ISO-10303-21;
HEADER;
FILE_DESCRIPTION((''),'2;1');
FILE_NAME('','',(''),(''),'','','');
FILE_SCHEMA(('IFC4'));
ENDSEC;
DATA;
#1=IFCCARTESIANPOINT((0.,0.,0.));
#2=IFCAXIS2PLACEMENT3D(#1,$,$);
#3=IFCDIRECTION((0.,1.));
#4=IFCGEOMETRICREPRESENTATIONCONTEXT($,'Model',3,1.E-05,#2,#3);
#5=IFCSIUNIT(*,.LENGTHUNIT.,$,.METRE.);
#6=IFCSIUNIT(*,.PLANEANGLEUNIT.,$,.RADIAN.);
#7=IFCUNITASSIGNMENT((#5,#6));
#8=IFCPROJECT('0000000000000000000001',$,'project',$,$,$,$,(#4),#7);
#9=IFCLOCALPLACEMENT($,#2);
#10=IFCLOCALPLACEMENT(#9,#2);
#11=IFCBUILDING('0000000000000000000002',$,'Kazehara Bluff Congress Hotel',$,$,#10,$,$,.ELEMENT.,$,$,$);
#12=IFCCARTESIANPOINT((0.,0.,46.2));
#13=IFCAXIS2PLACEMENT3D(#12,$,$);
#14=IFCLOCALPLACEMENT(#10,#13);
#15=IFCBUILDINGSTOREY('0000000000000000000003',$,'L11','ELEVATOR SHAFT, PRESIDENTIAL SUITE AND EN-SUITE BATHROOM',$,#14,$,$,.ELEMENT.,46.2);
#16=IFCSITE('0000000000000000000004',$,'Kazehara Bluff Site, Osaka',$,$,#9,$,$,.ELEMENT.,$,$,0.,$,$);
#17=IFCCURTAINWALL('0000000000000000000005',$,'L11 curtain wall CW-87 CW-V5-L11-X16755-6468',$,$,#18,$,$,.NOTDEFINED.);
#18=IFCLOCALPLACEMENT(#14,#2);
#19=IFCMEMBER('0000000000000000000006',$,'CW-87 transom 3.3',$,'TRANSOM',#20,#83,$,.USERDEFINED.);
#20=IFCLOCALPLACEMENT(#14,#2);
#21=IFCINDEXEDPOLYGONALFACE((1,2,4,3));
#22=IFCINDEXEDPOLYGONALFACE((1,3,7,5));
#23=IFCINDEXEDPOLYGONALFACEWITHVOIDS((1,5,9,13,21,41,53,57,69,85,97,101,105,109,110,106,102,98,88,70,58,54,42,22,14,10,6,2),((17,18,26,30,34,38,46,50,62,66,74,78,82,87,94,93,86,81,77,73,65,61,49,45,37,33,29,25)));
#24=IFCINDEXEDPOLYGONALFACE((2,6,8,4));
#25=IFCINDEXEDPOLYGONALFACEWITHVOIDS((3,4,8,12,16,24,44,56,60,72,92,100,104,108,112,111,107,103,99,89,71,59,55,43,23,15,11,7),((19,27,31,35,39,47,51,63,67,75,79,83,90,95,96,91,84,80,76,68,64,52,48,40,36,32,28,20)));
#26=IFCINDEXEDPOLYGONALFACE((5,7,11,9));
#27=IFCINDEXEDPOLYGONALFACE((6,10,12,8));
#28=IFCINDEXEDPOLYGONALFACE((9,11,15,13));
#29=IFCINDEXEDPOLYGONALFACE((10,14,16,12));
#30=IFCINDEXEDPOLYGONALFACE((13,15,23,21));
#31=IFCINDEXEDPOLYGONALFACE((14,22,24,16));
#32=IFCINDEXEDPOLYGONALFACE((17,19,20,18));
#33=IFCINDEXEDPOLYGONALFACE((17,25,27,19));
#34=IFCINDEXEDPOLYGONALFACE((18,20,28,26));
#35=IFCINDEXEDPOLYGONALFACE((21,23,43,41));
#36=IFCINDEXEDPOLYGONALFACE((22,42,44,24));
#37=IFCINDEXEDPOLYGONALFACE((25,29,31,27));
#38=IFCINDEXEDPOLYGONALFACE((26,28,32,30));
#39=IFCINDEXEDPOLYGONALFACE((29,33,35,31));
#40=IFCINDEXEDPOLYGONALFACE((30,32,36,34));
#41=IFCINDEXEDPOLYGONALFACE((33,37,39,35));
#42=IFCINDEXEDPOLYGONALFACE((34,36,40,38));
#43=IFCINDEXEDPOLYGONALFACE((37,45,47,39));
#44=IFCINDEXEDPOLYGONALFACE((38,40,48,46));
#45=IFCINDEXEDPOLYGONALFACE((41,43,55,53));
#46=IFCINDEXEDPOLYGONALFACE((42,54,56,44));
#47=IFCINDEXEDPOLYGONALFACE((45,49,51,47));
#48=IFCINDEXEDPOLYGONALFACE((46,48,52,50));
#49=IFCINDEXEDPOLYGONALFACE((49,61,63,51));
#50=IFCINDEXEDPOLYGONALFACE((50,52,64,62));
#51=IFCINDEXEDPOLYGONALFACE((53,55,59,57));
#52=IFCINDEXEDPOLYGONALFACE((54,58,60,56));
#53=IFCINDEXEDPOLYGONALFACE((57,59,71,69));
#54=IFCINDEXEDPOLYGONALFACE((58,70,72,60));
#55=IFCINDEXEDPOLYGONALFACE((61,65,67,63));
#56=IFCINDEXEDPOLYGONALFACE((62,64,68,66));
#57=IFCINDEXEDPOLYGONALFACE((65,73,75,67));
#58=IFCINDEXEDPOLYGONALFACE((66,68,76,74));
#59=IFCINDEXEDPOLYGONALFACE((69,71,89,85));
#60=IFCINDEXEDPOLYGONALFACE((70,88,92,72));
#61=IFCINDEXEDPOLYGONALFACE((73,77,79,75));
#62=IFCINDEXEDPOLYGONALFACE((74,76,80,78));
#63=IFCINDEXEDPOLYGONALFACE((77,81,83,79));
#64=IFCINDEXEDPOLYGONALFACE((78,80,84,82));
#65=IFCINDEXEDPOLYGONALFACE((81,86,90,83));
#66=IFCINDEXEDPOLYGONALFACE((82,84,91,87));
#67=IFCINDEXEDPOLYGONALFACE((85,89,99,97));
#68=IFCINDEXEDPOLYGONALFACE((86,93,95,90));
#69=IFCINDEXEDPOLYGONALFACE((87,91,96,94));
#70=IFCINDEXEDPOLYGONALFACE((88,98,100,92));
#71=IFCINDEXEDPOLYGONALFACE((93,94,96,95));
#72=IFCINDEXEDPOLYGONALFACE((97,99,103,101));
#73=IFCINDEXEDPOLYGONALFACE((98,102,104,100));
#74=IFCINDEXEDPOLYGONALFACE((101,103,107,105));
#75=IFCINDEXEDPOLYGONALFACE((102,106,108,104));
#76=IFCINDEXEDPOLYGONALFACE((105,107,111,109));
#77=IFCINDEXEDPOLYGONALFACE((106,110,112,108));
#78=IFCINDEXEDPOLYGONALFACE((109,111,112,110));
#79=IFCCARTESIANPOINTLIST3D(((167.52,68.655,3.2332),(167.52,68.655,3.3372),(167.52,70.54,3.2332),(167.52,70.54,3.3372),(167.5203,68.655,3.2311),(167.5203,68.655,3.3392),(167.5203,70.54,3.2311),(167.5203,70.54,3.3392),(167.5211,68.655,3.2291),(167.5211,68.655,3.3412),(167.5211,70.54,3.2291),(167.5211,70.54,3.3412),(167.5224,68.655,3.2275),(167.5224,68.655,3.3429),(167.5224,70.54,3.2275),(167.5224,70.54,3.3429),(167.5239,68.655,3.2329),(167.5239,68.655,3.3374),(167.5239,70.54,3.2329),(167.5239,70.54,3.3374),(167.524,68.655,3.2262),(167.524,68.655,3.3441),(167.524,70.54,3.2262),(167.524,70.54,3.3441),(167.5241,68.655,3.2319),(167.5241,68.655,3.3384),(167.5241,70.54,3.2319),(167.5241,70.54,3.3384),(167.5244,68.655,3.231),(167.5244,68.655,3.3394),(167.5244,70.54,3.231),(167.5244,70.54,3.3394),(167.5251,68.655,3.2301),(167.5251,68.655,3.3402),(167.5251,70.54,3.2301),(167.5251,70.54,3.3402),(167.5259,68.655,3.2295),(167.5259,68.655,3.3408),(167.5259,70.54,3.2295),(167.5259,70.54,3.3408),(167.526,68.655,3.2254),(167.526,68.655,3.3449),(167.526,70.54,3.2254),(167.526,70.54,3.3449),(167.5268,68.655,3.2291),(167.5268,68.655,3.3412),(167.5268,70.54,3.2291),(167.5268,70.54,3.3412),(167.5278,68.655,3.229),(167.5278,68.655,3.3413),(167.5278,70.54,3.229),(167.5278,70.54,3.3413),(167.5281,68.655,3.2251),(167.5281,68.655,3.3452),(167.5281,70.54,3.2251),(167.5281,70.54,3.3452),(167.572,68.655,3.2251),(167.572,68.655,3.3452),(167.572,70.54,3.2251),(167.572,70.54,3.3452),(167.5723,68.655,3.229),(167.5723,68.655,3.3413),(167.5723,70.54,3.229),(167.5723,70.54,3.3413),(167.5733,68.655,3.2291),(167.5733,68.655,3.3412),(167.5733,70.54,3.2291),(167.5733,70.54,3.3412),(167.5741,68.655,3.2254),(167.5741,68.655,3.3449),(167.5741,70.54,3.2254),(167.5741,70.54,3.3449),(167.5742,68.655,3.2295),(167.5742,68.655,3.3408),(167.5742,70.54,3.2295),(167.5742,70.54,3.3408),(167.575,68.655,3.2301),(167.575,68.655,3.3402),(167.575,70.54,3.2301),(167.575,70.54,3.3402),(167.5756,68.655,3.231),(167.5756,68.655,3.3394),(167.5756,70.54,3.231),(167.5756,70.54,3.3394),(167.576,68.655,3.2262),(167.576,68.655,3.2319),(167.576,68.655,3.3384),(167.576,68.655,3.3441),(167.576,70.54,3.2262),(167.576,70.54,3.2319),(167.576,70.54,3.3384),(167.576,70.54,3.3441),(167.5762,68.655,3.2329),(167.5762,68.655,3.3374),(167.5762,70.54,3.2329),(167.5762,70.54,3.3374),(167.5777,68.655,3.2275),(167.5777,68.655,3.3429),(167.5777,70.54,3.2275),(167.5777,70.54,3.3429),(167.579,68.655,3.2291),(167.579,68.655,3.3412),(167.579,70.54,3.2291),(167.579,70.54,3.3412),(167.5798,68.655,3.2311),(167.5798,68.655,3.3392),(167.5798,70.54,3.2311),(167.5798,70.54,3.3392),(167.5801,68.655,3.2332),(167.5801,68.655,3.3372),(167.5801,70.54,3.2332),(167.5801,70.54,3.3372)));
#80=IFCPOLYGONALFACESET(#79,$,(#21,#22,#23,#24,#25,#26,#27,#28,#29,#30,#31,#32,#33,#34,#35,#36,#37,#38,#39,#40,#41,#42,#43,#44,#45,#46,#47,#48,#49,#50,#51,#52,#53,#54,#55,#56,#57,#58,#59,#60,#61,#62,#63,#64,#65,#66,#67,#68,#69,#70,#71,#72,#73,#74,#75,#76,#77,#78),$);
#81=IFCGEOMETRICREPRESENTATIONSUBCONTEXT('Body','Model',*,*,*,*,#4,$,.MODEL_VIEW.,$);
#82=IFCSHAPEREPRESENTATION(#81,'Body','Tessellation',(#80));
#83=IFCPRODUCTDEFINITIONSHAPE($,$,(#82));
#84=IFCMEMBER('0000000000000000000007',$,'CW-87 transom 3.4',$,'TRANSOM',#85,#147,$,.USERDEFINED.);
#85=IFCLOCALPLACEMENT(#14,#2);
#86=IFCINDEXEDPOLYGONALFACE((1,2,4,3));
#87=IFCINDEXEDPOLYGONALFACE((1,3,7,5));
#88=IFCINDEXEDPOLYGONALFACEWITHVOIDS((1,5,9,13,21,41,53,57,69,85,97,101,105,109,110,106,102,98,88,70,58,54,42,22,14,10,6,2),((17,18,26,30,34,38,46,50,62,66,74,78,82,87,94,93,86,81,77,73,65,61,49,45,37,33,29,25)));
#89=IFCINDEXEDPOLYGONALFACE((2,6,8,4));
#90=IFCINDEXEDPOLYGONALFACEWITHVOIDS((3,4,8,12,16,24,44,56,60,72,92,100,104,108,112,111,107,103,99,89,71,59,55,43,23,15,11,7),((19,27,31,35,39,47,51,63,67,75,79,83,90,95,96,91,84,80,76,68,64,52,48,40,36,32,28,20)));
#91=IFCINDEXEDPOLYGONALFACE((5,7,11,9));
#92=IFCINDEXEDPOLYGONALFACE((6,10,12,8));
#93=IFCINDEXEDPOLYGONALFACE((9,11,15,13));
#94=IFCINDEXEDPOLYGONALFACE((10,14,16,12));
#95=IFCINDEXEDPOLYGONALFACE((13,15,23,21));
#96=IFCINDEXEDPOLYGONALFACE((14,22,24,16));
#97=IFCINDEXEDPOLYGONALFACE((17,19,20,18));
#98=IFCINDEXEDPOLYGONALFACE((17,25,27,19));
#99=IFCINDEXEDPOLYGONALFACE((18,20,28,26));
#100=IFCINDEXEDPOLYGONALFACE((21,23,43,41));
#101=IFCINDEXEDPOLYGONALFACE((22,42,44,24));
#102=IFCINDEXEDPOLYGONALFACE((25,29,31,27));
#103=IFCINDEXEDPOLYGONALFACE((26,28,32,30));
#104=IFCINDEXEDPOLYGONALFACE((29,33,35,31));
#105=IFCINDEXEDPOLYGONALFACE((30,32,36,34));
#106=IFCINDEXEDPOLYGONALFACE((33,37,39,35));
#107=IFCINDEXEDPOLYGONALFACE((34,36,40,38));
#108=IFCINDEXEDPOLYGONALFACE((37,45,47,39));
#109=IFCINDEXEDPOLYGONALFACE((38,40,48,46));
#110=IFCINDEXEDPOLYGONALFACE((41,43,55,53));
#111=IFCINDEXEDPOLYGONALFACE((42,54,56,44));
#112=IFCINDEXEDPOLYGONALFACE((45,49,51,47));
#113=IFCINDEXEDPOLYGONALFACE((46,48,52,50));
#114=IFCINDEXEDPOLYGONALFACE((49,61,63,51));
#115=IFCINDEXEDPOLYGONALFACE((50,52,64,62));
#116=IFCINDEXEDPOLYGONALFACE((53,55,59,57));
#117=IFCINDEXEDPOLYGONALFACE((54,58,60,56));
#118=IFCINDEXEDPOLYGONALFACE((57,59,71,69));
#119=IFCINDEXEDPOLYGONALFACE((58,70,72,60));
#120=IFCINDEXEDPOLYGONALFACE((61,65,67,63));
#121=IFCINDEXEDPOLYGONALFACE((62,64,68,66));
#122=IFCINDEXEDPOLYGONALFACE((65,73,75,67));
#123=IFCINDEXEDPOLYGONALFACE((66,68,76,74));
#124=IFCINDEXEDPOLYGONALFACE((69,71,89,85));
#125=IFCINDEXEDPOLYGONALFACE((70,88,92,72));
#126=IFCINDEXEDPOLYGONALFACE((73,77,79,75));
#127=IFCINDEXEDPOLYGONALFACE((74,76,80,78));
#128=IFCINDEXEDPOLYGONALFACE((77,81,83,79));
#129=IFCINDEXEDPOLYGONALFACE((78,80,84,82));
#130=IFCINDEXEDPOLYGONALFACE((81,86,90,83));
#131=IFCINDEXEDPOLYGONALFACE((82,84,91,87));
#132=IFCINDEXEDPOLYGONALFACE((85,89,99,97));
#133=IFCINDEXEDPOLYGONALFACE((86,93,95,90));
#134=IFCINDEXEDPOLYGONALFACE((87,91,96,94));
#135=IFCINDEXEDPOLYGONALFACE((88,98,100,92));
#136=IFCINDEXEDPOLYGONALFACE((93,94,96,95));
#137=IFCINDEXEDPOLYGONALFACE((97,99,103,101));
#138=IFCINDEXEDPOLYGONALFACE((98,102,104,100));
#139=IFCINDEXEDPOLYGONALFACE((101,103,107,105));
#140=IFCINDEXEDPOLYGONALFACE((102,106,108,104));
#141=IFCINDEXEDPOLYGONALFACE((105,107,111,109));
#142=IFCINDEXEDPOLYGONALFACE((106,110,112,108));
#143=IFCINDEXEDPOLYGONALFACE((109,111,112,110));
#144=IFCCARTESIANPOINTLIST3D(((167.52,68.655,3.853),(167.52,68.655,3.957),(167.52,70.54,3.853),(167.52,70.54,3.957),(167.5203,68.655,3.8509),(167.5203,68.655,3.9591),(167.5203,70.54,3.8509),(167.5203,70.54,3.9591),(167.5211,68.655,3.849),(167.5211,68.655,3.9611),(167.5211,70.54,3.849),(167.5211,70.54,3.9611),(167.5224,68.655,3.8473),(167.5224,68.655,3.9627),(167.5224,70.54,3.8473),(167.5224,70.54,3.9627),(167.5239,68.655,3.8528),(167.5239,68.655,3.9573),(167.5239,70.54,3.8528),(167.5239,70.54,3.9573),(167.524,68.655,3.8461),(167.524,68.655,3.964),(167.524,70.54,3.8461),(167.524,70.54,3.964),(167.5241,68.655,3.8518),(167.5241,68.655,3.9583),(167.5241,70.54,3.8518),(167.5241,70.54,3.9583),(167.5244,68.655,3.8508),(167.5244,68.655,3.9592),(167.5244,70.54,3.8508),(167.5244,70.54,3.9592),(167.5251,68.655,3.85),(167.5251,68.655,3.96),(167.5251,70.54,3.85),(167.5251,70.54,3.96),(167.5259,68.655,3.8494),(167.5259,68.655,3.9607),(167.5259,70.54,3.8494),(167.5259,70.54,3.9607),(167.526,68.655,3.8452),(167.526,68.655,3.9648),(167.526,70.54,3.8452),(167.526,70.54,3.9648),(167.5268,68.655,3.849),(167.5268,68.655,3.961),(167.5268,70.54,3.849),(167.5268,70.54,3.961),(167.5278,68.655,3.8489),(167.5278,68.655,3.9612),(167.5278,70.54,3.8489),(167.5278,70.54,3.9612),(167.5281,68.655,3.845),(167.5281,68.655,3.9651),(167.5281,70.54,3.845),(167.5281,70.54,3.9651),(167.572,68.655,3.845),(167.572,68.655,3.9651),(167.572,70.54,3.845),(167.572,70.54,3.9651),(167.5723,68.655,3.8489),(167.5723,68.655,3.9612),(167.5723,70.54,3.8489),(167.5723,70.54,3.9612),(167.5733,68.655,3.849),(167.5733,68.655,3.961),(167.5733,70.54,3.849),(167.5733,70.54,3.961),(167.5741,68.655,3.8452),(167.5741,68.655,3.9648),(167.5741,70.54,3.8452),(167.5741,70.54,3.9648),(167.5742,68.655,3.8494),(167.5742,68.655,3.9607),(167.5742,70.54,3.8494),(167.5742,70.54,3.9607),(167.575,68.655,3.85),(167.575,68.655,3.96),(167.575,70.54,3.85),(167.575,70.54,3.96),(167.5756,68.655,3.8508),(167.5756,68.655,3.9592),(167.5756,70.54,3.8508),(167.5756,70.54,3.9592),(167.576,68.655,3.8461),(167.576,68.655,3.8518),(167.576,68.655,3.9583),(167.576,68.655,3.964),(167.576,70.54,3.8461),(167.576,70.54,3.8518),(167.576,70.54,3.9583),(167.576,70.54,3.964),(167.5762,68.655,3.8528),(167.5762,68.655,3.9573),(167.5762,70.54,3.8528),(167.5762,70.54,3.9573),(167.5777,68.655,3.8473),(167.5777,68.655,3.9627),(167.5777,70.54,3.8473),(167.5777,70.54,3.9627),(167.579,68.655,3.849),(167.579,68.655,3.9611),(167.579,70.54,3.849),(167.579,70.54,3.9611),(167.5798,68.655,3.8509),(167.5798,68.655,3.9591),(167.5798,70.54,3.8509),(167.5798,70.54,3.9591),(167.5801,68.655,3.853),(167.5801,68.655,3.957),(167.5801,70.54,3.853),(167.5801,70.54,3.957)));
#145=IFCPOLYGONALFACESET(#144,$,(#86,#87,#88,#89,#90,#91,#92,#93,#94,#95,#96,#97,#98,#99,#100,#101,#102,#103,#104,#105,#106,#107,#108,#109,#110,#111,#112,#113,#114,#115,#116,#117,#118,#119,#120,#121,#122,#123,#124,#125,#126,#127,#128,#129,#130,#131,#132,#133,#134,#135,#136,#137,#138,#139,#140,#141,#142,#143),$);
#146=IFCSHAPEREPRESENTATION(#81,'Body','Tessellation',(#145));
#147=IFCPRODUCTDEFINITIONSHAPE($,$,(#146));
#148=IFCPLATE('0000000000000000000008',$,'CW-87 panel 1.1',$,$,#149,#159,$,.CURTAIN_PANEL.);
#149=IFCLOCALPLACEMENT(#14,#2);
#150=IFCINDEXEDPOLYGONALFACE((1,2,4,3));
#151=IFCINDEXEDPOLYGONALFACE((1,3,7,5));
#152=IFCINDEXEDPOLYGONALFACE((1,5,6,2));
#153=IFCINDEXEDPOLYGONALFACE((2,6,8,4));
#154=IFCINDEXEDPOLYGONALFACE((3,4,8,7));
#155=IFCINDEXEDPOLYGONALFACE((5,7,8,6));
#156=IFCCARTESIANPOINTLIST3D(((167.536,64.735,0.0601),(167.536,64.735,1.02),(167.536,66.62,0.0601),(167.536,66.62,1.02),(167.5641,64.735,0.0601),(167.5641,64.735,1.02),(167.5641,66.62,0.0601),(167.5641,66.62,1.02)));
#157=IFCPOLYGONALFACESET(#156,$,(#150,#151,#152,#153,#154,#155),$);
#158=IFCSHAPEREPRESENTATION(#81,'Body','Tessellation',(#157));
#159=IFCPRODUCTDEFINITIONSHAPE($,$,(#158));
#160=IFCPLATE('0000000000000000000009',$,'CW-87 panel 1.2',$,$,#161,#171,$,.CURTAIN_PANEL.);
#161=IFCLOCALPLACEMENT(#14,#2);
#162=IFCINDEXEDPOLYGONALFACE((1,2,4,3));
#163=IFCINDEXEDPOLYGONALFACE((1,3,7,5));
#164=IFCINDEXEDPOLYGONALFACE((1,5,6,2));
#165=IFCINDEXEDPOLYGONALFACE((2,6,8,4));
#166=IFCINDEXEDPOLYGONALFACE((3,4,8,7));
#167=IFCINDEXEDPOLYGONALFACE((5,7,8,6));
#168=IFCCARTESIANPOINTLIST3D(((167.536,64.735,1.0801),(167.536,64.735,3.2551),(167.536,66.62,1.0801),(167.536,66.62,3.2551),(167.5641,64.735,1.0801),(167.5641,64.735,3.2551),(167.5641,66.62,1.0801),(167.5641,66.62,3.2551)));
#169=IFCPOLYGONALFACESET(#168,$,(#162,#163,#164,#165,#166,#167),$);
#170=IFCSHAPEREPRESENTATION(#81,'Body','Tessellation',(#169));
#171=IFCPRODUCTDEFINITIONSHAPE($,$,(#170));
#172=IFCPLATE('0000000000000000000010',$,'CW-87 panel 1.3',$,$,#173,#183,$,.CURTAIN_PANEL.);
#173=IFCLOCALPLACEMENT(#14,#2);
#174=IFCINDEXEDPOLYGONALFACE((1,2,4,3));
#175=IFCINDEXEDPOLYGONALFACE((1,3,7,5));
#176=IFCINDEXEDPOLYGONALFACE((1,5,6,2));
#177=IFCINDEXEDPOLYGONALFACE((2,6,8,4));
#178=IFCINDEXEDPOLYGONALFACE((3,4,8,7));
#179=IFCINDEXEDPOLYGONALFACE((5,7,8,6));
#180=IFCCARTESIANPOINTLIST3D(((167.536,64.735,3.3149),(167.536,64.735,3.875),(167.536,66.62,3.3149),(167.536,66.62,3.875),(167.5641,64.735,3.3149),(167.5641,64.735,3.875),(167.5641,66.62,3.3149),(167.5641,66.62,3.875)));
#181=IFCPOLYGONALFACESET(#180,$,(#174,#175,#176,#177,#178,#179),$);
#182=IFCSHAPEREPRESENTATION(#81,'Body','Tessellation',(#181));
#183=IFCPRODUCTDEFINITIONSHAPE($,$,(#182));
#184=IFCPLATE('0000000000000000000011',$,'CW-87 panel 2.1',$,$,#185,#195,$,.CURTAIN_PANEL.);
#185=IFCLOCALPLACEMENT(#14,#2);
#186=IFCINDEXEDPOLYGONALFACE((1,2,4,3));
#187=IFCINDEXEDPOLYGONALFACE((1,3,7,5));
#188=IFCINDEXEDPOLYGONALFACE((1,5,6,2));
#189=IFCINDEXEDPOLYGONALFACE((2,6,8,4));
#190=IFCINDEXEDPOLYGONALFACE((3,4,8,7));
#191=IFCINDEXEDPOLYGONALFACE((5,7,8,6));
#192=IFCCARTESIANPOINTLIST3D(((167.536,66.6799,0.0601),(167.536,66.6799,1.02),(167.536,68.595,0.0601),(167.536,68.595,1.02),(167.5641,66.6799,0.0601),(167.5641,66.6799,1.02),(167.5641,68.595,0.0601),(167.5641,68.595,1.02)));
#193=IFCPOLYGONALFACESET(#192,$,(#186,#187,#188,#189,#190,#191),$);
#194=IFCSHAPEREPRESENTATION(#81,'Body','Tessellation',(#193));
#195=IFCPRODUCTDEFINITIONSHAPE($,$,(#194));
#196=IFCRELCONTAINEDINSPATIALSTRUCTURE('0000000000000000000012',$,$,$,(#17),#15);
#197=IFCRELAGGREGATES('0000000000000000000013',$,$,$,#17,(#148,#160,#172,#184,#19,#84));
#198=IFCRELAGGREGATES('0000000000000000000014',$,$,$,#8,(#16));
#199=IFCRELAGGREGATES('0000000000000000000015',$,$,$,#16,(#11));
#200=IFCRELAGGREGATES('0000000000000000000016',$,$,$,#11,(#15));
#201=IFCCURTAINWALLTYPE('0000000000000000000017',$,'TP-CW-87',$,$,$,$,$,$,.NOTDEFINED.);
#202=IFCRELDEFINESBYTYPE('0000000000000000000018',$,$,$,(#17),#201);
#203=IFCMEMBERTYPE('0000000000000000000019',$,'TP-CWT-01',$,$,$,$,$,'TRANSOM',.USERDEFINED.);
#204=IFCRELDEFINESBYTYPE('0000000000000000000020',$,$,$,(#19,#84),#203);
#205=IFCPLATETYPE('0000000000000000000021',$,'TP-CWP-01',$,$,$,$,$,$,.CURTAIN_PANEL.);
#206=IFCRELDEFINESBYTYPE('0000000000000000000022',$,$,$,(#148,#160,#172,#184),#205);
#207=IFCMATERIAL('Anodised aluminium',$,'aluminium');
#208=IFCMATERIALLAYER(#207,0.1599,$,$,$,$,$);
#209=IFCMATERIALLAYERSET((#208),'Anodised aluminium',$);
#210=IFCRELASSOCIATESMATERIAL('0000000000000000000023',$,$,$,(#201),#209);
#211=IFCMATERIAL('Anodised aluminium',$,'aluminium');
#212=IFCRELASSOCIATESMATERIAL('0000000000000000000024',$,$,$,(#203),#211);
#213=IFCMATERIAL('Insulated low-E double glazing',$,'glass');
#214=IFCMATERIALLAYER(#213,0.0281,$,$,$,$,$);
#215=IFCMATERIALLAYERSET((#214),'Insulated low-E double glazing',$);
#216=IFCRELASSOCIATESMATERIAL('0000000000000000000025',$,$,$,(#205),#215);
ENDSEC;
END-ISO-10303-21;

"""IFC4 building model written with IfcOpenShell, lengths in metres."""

from ifc_helpers import new_model, si_unit, direction, frame, origin, origin_2d, place, context, subcontext, project, spatial, rectangle, hollow_rectangle, extrude, material, layer, layer_set, material_profile, profile_set, type_object, element, aggregate, save


model = new_model("IFC4")

# Units and contexts
model_context = context("Model", 3, precision=1e-05, world=origin(), true_north=direction((0.0, 1.0)))
body_context = subcontext(model_context, "Body", "Model", "MODEL_VIEW")
ifc_project = project(units=[si_unit("LENGTHUNIT", "METRE"), si_unit("PLANEANGLEUNIT", "RADIAN")], contexts=[model_context])

# Site, building, storey
site_placement = place(None, origin())
site = spatial("IfcSite", under=ifc_project, at=site_placement, Name="Kazehara Bluff Site, Osaka", CompositionType="ELEMENT", RefElevation=0.0)
building_placement = place(site_placement, origin())
building = spatial("IfcBuilding", under=site, at=building_placement, Name="Kazehara Bluff Congress Hotel", CompositionType="ELEMENT")
storey_placement = place(building_placement, frame((0.0, 0.0, 46.2)))
storey = spatial("IfcBuildingStorey", under=building, at=storey_placement, Name="L11", Description="ELEVATOR SHAFT, PRESIDENTIAL SUITE AND EN-SUITE BATHROOM", CompositionType="ELEMENT", Elevation=46.2)

# Curtain wall, members, plates
ifc_material_1 = material(Name="Anodised aluminium", Category="aluminium")
ifc_layer_1 = layer(ifc_material_1, 0.1599)
ifc_layer_set_1 = layer_set([ifc_layer_1], Name="Anodised aluminium")
curtain_wall_type = type_object("IfcCurtainWallType", Name="TP-CW-87", PredefinedType="NOTDEFINED", material=ifc_layer_set_1)
curtain_wall_placement = place(storey_placement, origin())
curtain_wall = element("IfcCurtainWall", 1, at=curtain_wall_placement, inside=storey, type_object=curtain_wall_type, Name="L11 curtain wall CW-87 CW-V5-L11-X16755-6468", PredefinedType="NOTDEFINED")
ifc_material_2 = material(Name="Anodised aluminium", Category="aluminium")
ifc_material_profile_1 = material_profile(ifc_material_2, hollow_rectangle(XDim=0.0601, YDim=0.1201, WallThickness=0.0039, InnerFilletRadius=0.0039, OuterFilletRadius=0.0081, at=origin_2d()))
ifc_profile_set_1 = profile_set([ifc_material_profile_1], Name="Anodised aluminium")
member_type_1 = type_object("IfcMemberType", Name="TP-CWT-01", ElementType="TRANSOM", PredefinedType="USERDEFINED", material=ifc_profile_set_1)
member_1_placement = place(storey_placement, frame((167.55, 68.655, 3.2852), z_axis=(0.0, 1.0, 0.0), x_axis=(-1.0, 0.0, 0.0)))
member_1 = element("IfcMember", 2, at=member_1_placement, type_object=member_type_1, Name="CW-87 transom 3.3", ObjectType="TRANSOM", PredefinedType="USERDEFINED", context=body_context, shape_type="SweptSolid", body=[
    extrude(hollow_rectangle(XDim=0.0601, YDim=0.1201, WallThickness=0.0039, InnerFilletRadius=0.0039, OuterFilletRadius=0.0081, at=origin_2d()), origin(), (0.0, 0.0, 1.0), 1.885),
])
member_2_placement = place(storey_placement, frame((167.55, 68.655, 3.905), z_axis=(0.0, 1.0, 0.0), x_axis=(-1.0, 0.0, 0.0)))
member_2 = element("IfcMember", 3, at=member_2_placement, type_object=member_type_1, Name="CW-87 transom 3.4", ObjectType="TRANSOM", PredefinedType="USERDEFINED", context=body_context, shape_type="SweptSolid", body=[
    extrude(hollow_rectangle(XDim=0.0601, YDim=0.1201, WallThickness=0.0039, InnerFilletRadius=0.0039, OuterFilletRadius=0.0081, at=origin_2d()), origin(), (0.0, 0.0, 1.0), 1.885),
])
ifc_material_3 = material(Name="Insulated low-E double glazing", Category="glass")
ifc_layer_2 = layer(ifc_material_3, 0.0281)
ifc_layer_set_2 = layer_set([ifc_layer_2], Name="Insulated low-E double glazing")
plate_type = type_object("IfcPlateType", Name="TP-CWP-01", PredefinedType="CURTAIN_PANEL", material=ifc_layer_set_2)
plate_1_placement = place(storey_placement, frame((167.55, 65.6775, 0.0601), z_axis=(0.0, 0.0, 1.0), x_axis=(0.0, 1.0, 0.0)))
plate_1 = element("IfcPlate", 4, at=plate_1_placement, type_object=plate_type, Name="CW-87 panel 1.1", PredefinedType="CURTAIN_PANEL", context=body_context, shape_type="SweptSolid", body=[
    extrude(rectangle(XDim=1.885, YDim=0.0281, at=origin_2d()), origin(), (0.0, 0.0, 1.0), 0.96),
])
plate_2_placement = place(storey_placement, frame((167.55, 65.6775, 1.0801), z_axis=(0.0, 0.0, 1.0), x_axis=(0.0, 1.0, 0.0)))
plate_2 = element("IfcPlate", 5, at=plate_2_placement, type_object=plate_type, Name="CW-87 panel 1.2", PredefinedType="CURTAIN_PANEL", context=body_context, shape_type="SweptSolid", body=[
    extrude(rectangle(XDim=1.885, YDim=0.0281, at=origin_2d()), origin(), (0.0, 0.0, 1.0), 2.175),
])
plate_3_placement = place(storey_placement, frame((167.55, 65.6775, 3.3149), z_axis=(0.0, 0.0, 1.0), x_axis=(0.0, 1.0, 0.0)))
plate_3 = element("IfcPlate", 6, at=plate_3_placement, type_object=plate_type, Name="CW-87 panel 1.3", PredefinedType="CURTAIN_PANEL", context=body_context, shape_type="SweptSolid", body=[
    extrude(rectangle(XDim=1.885, YDim=0.0281, at=origin_2d()), origin(), (0.0, 0.0, 1.0), 0.5601),
])
plate_4_placement = place(storey_placement, frame((167.55, 67.6375, 0.0601), z_axis=(0.0, 0.0, 1.0), x_axis=(0.0, 1.0, 0.0)))
plate_4 = element("IfcPlate", 7, at=plate_4_placement, type_object=plate_type, Name="CW-87 panel 2.1", PredefinedType="CURTAIN_PANEL", context=body_context, shape_type="SweptSolid", body=[
    extrude(rectangle(XDim=1.915, YDim=0.0281, at=origin_2d()), origin(), (0.0, 0.0, 1.0), 0.96),
])
aggregate(curtain_wall, [plate_1, plate_2, plate_3, plate_4, member_1, member_2])

save(model, "model.ifc")
